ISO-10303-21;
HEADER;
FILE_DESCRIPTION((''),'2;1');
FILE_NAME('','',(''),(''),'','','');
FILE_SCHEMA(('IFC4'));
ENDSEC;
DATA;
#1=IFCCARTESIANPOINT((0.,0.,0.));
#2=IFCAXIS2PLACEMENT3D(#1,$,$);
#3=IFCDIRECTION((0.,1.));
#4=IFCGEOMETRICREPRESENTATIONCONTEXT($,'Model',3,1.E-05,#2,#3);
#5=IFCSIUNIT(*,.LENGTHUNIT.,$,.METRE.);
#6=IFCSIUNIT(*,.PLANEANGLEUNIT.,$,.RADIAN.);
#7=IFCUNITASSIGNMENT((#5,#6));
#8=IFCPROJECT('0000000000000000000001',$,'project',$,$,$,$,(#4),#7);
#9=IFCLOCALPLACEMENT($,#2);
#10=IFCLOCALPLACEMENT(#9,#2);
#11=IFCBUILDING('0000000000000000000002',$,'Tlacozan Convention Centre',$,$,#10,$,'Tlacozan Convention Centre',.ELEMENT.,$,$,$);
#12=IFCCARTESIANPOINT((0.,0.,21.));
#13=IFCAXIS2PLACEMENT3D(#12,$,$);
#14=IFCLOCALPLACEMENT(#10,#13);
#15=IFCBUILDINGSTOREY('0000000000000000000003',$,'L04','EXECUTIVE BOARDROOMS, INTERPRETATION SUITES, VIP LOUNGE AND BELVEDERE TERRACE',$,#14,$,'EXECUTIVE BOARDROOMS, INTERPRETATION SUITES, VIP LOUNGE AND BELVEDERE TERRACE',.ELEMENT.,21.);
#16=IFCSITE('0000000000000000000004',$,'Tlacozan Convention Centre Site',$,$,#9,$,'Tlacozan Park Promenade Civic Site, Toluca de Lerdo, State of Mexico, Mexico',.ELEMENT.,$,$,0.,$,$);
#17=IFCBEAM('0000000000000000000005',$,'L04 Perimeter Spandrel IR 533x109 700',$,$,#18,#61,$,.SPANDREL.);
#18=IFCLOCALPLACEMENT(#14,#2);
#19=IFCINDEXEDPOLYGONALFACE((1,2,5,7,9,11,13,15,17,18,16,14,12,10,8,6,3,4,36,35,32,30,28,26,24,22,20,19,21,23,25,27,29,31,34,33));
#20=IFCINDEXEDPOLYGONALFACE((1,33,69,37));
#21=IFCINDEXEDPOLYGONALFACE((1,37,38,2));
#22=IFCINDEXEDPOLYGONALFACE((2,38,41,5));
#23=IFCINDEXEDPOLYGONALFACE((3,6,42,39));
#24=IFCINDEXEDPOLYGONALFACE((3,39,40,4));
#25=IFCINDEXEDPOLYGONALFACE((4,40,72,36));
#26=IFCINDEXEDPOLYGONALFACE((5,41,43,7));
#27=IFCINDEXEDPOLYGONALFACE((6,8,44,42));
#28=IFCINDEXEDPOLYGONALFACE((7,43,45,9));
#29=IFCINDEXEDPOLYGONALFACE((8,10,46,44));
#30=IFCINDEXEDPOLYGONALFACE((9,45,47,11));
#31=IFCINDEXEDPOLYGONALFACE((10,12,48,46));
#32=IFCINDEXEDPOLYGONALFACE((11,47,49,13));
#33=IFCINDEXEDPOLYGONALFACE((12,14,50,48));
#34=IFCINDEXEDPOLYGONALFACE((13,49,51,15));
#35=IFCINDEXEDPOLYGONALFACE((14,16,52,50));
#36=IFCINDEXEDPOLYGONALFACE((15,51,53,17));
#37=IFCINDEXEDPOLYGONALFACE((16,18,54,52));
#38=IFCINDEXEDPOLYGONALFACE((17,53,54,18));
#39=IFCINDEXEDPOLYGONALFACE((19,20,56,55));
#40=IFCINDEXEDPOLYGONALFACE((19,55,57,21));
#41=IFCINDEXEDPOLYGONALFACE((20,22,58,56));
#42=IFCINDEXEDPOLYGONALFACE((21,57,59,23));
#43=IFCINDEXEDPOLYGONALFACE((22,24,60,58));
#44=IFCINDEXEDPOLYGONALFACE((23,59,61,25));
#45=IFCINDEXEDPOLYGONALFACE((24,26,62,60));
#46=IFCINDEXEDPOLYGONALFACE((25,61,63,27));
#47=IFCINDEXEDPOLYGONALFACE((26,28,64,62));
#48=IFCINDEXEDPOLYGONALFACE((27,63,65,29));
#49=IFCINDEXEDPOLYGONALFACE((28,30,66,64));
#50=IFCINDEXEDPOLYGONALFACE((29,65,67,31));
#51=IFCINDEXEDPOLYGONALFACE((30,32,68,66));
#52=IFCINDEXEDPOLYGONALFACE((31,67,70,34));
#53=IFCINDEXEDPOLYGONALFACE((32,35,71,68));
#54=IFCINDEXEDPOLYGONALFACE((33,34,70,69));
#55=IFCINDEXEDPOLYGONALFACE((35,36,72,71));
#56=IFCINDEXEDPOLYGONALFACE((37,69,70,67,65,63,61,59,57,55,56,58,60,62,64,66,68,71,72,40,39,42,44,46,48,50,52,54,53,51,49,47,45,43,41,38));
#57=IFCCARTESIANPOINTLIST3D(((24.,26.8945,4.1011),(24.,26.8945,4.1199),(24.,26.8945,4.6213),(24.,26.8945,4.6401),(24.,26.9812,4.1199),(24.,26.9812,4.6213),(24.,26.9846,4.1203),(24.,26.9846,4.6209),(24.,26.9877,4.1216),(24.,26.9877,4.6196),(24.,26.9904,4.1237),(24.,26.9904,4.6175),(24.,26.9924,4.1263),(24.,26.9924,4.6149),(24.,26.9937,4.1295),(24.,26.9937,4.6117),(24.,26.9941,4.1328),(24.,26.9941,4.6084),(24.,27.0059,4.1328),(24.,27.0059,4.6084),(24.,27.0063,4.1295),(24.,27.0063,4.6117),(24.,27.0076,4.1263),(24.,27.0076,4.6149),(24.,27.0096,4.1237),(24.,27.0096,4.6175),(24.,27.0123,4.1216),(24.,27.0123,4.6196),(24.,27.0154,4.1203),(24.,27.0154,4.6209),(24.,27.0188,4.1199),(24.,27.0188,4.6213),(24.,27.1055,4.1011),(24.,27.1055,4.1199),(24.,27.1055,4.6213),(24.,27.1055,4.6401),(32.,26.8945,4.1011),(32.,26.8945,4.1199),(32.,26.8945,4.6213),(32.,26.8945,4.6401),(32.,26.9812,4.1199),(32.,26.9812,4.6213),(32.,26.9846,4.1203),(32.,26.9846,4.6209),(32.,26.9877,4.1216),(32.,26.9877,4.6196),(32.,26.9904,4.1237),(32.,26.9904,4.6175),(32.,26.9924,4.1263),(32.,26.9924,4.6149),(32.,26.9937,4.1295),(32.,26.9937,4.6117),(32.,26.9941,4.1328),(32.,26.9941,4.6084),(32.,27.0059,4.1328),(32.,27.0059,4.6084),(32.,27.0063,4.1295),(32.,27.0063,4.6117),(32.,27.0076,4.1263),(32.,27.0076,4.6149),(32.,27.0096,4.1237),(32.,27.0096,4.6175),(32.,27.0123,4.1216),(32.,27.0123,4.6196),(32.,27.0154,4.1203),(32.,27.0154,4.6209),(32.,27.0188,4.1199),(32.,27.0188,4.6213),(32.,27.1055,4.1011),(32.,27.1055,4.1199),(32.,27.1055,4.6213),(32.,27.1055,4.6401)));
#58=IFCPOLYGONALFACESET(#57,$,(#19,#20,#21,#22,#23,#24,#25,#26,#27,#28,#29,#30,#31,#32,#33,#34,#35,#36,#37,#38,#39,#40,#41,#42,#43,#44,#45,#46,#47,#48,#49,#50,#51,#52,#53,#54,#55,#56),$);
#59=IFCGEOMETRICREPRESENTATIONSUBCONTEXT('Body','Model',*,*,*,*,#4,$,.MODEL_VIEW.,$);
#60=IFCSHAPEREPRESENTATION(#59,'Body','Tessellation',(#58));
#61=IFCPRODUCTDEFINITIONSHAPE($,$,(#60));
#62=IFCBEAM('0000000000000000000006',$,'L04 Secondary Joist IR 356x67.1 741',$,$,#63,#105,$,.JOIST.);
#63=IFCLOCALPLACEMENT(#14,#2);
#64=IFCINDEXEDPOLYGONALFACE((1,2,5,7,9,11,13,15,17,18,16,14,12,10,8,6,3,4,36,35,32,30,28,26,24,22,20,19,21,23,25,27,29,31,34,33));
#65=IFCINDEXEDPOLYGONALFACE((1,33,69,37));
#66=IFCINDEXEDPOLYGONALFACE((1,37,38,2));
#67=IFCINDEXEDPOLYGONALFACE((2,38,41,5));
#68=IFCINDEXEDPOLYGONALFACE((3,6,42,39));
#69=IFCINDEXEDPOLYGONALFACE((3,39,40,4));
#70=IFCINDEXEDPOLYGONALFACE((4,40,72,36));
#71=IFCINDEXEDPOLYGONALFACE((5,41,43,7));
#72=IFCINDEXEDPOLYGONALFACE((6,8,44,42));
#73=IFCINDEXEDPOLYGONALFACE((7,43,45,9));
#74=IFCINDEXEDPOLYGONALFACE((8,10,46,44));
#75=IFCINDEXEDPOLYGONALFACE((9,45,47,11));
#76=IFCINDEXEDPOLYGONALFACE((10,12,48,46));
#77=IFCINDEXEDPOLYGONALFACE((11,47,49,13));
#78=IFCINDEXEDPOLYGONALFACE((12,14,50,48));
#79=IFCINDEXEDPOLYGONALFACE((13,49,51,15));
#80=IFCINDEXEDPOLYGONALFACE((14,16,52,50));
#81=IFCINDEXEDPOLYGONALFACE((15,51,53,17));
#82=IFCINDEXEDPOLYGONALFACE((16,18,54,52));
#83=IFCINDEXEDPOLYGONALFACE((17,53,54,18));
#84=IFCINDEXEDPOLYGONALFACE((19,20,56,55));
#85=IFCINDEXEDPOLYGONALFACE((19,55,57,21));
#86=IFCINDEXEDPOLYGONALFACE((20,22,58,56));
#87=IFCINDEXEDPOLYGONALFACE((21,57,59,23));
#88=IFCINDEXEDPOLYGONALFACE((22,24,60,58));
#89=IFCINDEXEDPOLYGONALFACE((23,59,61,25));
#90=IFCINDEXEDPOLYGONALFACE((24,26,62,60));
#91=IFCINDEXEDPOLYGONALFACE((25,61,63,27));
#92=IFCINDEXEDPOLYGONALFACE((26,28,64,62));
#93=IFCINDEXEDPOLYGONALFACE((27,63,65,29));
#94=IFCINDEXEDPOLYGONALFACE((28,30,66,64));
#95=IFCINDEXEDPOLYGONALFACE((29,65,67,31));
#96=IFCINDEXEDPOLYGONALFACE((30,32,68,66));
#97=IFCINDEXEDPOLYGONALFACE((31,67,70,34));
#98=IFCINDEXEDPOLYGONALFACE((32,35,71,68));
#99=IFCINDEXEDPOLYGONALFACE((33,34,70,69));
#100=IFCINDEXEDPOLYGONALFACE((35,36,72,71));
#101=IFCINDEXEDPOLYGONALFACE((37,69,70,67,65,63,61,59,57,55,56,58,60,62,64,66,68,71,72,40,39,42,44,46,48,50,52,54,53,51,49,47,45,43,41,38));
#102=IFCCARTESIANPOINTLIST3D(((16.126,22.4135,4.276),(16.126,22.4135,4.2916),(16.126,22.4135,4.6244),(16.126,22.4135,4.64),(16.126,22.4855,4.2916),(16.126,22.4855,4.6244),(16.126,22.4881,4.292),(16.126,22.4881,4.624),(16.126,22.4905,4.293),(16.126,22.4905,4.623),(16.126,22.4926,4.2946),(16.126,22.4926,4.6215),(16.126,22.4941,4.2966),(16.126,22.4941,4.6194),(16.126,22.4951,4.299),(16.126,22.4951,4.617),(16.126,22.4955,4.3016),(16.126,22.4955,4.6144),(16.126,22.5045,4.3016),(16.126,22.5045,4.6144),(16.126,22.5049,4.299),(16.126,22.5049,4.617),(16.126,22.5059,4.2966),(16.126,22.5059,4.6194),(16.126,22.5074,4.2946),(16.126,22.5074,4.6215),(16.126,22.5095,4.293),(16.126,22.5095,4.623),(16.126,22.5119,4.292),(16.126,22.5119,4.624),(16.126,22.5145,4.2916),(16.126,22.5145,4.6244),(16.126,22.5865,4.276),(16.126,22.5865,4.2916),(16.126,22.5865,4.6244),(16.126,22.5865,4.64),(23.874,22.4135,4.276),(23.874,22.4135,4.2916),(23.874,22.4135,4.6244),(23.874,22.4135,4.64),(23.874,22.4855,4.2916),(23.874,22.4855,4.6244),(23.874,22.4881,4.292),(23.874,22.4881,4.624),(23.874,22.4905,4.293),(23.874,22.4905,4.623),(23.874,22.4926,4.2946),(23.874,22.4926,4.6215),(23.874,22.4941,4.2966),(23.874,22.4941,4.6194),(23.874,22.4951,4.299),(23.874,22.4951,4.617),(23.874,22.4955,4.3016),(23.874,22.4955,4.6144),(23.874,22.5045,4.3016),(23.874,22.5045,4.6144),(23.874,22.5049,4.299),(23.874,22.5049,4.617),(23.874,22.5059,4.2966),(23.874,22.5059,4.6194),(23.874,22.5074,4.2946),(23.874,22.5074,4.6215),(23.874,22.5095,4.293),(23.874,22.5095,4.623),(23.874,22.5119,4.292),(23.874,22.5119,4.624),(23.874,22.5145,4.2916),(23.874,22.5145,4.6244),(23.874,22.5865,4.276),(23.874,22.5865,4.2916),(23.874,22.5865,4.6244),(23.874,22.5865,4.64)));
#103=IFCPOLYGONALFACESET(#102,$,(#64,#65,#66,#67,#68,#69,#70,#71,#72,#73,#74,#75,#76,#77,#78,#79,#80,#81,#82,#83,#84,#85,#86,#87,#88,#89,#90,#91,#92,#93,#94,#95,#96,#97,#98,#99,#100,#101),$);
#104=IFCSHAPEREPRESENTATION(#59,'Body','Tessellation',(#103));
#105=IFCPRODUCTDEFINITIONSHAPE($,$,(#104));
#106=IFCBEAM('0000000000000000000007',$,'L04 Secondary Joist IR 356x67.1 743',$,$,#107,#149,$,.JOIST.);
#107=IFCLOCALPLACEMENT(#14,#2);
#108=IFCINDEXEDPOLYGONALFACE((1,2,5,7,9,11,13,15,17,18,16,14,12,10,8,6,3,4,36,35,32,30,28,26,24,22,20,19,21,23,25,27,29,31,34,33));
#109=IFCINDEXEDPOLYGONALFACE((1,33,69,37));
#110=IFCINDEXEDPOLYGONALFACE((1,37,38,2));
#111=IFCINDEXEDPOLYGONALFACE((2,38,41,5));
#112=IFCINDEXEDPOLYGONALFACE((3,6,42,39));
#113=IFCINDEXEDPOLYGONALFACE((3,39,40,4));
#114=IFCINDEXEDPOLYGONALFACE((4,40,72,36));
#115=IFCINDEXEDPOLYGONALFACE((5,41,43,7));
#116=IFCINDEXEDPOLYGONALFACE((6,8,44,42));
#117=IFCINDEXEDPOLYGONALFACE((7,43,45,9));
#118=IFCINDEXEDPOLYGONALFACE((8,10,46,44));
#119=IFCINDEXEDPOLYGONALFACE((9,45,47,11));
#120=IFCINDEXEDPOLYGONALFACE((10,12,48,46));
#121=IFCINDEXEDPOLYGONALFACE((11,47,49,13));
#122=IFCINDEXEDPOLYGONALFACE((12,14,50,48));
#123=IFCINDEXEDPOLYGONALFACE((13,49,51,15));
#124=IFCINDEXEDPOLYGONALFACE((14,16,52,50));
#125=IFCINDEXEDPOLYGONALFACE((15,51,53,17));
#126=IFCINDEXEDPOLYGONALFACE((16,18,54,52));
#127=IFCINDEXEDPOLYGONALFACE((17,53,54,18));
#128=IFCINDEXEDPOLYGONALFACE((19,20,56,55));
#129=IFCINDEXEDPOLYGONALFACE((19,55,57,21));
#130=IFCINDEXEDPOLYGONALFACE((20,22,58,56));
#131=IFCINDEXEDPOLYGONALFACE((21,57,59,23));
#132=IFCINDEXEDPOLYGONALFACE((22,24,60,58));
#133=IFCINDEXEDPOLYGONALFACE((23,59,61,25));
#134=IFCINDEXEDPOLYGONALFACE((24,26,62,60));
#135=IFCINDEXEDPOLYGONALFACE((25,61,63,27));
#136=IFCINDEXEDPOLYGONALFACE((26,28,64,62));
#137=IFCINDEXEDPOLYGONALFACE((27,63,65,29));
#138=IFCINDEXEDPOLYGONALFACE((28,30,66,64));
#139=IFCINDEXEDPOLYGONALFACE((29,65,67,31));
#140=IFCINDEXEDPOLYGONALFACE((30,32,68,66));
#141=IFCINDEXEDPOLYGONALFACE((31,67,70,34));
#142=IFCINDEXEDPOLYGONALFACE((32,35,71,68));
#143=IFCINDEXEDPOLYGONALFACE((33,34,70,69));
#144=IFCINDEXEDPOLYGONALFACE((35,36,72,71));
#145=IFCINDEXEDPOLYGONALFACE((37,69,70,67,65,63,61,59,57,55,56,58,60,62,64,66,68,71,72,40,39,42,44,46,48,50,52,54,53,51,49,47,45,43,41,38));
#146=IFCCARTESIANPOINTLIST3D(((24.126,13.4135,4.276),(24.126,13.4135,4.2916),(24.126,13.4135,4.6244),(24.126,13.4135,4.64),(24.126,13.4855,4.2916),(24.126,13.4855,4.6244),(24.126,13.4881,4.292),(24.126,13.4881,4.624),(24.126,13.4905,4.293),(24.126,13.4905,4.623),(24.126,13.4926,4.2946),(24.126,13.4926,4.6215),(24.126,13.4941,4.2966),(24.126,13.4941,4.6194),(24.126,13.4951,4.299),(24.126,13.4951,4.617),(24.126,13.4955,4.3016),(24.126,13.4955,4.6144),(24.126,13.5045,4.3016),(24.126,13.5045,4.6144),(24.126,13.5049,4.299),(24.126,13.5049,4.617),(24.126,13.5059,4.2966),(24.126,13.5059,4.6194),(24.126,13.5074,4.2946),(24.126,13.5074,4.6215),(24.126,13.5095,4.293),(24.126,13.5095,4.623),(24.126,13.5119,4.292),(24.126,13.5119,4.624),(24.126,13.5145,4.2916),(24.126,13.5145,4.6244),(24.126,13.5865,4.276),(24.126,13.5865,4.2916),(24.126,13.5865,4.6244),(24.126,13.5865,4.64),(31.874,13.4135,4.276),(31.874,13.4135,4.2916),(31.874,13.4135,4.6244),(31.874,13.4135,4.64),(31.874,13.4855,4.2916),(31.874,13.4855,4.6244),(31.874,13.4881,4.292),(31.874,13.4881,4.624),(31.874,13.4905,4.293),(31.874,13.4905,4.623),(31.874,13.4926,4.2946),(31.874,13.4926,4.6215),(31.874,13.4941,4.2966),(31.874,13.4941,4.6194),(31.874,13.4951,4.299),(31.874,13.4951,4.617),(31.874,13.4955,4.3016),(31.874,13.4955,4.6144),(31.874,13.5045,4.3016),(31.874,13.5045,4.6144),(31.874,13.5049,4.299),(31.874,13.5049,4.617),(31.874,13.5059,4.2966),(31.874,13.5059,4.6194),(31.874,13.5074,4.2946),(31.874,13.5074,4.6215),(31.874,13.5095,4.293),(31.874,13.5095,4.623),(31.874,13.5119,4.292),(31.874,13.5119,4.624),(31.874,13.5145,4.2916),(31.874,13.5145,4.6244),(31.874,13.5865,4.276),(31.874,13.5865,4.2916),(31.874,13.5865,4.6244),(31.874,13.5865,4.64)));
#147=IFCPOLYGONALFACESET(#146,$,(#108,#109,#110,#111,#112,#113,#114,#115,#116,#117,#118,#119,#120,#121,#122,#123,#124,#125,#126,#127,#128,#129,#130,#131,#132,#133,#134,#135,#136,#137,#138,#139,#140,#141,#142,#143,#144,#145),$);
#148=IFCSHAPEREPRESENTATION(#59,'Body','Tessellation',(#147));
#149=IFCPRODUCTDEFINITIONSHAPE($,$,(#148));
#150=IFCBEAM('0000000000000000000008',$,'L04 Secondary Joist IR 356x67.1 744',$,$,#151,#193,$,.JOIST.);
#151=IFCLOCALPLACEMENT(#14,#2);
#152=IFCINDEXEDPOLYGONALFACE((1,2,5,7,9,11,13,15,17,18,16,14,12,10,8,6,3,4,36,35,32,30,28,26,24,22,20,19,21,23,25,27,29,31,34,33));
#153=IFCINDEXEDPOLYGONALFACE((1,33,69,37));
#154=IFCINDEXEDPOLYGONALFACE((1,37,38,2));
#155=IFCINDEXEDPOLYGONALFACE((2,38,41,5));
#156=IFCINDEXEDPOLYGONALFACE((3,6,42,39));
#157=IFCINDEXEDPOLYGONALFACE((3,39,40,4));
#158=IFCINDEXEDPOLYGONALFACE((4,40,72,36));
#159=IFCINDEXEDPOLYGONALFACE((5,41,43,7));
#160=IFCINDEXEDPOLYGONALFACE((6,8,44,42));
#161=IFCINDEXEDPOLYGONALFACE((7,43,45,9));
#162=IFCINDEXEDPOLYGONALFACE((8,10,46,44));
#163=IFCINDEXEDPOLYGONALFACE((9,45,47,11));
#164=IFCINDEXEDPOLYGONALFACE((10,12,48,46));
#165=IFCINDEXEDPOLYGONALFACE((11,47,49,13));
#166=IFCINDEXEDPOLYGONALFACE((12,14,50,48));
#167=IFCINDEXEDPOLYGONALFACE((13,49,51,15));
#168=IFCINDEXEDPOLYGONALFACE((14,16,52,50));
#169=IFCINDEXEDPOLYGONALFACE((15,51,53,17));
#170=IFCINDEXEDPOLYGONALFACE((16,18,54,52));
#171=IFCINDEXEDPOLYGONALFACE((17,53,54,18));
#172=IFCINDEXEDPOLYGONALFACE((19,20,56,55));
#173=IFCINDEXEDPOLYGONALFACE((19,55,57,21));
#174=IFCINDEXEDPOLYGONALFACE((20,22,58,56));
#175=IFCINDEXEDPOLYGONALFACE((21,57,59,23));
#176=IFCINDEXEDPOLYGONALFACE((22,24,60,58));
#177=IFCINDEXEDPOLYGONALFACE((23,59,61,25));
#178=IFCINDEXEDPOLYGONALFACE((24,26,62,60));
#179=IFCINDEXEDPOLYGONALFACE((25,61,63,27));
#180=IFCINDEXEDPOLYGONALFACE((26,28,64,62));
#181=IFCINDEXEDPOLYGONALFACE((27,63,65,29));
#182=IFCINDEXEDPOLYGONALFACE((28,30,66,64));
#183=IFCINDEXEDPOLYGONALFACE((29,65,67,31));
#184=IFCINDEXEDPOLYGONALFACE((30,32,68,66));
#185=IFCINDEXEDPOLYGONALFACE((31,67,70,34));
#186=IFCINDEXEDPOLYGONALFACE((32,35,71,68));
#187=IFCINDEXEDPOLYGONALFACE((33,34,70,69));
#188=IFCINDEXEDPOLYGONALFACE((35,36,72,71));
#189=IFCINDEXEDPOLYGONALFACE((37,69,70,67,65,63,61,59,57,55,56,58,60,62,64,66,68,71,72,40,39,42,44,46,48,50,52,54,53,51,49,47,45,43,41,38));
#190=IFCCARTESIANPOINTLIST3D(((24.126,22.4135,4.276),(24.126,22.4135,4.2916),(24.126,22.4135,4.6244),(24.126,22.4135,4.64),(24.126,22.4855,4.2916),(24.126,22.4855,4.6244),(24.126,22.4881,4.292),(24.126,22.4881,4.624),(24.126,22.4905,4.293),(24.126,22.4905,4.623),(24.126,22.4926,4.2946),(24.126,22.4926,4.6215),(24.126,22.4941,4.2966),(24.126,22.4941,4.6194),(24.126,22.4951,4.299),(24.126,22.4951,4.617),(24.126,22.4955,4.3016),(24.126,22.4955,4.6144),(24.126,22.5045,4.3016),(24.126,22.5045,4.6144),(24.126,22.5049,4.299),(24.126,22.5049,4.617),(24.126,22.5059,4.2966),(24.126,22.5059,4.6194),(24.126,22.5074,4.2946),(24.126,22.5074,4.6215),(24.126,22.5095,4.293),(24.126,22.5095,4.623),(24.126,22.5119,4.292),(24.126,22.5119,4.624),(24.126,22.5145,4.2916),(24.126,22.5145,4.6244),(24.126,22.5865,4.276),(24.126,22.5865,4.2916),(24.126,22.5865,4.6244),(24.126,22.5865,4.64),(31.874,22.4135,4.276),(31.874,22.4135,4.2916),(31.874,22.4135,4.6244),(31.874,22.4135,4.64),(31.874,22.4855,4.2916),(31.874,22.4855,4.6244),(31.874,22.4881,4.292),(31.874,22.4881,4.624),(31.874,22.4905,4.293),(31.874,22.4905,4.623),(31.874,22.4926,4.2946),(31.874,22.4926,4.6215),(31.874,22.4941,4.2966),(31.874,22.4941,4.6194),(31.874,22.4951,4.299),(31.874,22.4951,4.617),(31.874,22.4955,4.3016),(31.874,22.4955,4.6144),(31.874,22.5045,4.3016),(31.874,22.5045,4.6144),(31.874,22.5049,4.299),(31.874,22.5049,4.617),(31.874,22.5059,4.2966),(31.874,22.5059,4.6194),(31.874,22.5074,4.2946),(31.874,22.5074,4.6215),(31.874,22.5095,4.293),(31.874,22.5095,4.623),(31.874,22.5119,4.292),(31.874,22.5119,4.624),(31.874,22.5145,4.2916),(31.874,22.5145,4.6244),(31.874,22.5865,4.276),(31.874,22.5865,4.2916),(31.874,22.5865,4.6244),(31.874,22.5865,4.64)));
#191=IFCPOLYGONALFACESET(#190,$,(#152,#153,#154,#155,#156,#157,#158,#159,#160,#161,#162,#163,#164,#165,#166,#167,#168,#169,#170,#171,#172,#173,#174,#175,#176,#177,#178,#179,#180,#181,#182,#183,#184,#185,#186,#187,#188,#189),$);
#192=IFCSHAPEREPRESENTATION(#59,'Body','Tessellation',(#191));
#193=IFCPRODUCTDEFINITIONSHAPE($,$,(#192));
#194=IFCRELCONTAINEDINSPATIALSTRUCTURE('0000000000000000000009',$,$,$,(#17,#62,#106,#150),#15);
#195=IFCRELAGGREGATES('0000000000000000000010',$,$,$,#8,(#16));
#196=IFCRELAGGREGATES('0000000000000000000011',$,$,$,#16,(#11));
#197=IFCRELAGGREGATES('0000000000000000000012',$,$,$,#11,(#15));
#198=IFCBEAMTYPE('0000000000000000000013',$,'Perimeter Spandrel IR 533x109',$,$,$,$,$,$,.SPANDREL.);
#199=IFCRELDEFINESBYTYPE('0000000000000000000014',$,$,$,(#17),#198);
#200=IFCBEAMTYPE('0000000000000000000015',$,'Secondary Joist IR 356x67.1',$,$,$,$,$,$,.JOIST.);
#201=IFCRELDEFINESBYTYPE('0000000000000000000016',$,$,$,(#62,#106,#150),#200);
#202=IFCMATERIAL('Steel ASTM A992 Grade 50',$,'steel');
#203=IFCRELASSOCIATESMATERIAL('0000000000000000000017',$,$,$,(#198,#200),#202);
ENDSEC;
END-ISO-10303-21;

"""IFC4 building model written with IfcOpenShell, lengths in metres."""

from ifc_helpers import new_model, si_unit, direction, frame, origin, origin_2d, place, context, subcontext, project, spatial, i_section, extrude, material, material_profile, profile_set, type_object, element, save


model = new_model("IFC4")

# Units and contexts
model_context = context("Model", 3, precision=1e-05, world=origin(), true_north=direction((0.0, 1.0)))
body_context = subcontext(model_context, "Body", "Model", "MODEL_VIEW")
ifc_project = project(units=[si_unit("LENGTHUNIT", "METRE"), si_unit("PLANEANGLEUNIT", "RADIAN")], contexts=[model_context])

# Site, building, storey
site_placement = place(None, origin())
site = spatial("IfcSite", under=ifc_project, at=site_placement, Name="Tlacozan Convention Centre Site", LongName="Tlacozan Park Promenade Civic Site, Toluca de Lerdo, State of Mexico, Mexico", CompositionType="ELEMENT", RefElevation=0.0)
building_placement = place(site_placement, origin())
building = spatial("IfcBuilding", under=site, at=building_placement, Name="Tlacozan Convention Centre", LongName="Tlacozan Convention Centre", CompositionType="ELEMENT")
storey_placement = place(building_placement, frame((0.0, 0.0, 21.0)))
storey = spatial("IfcBuildingStorey", under=building, at=storey_placement, Name="L04", Description="EXECUTIVE BOARDROOMS, INTERPRETATION SUITES, VIP LOUNGE AND BELVEDERE TERRACE", LongName="EXECUTIVE BOARDROOMS, INTERPRETATION SUITES, VIP LOUNGE AND BELVEDERE TERRACE", CompositionType="ELEMENT", Elevation=21.0)

# Beams
ifc_material_1 = material(Name="Steel ASTM A992 Grade 50", Category="steel")
ifc_material_profile_1 = material_profile(ifc_material_1, i_section(OverallWidth=0.2109, OverallDepth=0.5391, WebThickness=0.0117, FlangeThickness=0.0188, FilletRadius=0.0129, at=origin_2d()), Name="IR 533x109.0")
ifc_profile_set_1 = profile_set([ifc_material_profile_1], Name="Steel ASTM A992 Grade 50")
beam_type_1 = type_object("IfcBeamType", Name="Perimeter Spandrel IR 533x109", PredefinedType="SPANDREL", material=ifc_profile_set_1)
beam_1_placement = place(storey_placement, frame((24.0, 27.0, 4.3706), z_axis=(1.0, 0.0, 0.0), x_axis=(0.0, 1.0, 0.0)))
element("IfcBeam", 1, at=beam_1_placement, inside=storey, type_object=beam_type_1, Name="L04 Perimeter Spandrel IR 533x109 700", PredefinedType="SPANDREL", context=body_context, shape_type="SweptSolid", body=[
    extrude(i_section(OverallWidth=0.2109, OverallDepth=0.5391, WebThickness=0.0117, FlangeThickness=0.0188, FilletRadius=0.0129, at=origin_2d()), origin(), (0.0, 0.0, 1.0), 8.0),
])
ifc_material_profile_2 = material_profile(ifc_material_1, i_section(OverallWidth=0.1731, OverallDepth=0.364, WebThickness=0.009, FlangeThickness=0.0156, FilletRadius=0.01, at=origin_2d()), Name="IR 356x67.1")
ifc_profile_set_2 = profile_set([ifc_material_profile_2], Name="Steel ASTM A992 Grade 50")
beam_type_2 = type_object("IfcBeamType", Name="Secondary Joist IR 356x67.1", PredefinedType="JOIST", material=ifc_profile_set_2)
for number, where, z_axis, x_axis, name in (
    (2, (16.126, 22.5, 4.458), (1.0, 0.0, 0.0), (0.0, 1.0, 0.0), "L04 Secondary Joist IR 356x67.1 741"),
    (3, (24.126, 13.5, 4.458), (1.0, 0.0, 0.0), (0.0, 1.0, 0.0), "L04 Secondary Joist IR 356x67.1 743"),
    (4, (24.126, 22.5, 4.458), (1.0, 0.0, 0.0), (0.0, 1.0, 0.0), "L04 Secondary Joist IR 356x67.1 744"),
):
    element("IfcBeam", number, at=place(storey_placement, frame(where, z_axis=z_axis, x_axis=x_axis)), inside=storey, type_object=beam_type_2, Name=name, PredefinedType="JOIST", context=body_context, shape_type="SweptSolid", body=[
        extrude(i_section(OverallWidth=0.1731, OverallDepth=0.364, WebThickness=0.009, FlangeThickness=0.0156, FilletRadius=0.01, at=origin_2d()), origin(), (0.0, 0.0, 1.0), 7.748),
    ])

save(model, "model.ifc")
